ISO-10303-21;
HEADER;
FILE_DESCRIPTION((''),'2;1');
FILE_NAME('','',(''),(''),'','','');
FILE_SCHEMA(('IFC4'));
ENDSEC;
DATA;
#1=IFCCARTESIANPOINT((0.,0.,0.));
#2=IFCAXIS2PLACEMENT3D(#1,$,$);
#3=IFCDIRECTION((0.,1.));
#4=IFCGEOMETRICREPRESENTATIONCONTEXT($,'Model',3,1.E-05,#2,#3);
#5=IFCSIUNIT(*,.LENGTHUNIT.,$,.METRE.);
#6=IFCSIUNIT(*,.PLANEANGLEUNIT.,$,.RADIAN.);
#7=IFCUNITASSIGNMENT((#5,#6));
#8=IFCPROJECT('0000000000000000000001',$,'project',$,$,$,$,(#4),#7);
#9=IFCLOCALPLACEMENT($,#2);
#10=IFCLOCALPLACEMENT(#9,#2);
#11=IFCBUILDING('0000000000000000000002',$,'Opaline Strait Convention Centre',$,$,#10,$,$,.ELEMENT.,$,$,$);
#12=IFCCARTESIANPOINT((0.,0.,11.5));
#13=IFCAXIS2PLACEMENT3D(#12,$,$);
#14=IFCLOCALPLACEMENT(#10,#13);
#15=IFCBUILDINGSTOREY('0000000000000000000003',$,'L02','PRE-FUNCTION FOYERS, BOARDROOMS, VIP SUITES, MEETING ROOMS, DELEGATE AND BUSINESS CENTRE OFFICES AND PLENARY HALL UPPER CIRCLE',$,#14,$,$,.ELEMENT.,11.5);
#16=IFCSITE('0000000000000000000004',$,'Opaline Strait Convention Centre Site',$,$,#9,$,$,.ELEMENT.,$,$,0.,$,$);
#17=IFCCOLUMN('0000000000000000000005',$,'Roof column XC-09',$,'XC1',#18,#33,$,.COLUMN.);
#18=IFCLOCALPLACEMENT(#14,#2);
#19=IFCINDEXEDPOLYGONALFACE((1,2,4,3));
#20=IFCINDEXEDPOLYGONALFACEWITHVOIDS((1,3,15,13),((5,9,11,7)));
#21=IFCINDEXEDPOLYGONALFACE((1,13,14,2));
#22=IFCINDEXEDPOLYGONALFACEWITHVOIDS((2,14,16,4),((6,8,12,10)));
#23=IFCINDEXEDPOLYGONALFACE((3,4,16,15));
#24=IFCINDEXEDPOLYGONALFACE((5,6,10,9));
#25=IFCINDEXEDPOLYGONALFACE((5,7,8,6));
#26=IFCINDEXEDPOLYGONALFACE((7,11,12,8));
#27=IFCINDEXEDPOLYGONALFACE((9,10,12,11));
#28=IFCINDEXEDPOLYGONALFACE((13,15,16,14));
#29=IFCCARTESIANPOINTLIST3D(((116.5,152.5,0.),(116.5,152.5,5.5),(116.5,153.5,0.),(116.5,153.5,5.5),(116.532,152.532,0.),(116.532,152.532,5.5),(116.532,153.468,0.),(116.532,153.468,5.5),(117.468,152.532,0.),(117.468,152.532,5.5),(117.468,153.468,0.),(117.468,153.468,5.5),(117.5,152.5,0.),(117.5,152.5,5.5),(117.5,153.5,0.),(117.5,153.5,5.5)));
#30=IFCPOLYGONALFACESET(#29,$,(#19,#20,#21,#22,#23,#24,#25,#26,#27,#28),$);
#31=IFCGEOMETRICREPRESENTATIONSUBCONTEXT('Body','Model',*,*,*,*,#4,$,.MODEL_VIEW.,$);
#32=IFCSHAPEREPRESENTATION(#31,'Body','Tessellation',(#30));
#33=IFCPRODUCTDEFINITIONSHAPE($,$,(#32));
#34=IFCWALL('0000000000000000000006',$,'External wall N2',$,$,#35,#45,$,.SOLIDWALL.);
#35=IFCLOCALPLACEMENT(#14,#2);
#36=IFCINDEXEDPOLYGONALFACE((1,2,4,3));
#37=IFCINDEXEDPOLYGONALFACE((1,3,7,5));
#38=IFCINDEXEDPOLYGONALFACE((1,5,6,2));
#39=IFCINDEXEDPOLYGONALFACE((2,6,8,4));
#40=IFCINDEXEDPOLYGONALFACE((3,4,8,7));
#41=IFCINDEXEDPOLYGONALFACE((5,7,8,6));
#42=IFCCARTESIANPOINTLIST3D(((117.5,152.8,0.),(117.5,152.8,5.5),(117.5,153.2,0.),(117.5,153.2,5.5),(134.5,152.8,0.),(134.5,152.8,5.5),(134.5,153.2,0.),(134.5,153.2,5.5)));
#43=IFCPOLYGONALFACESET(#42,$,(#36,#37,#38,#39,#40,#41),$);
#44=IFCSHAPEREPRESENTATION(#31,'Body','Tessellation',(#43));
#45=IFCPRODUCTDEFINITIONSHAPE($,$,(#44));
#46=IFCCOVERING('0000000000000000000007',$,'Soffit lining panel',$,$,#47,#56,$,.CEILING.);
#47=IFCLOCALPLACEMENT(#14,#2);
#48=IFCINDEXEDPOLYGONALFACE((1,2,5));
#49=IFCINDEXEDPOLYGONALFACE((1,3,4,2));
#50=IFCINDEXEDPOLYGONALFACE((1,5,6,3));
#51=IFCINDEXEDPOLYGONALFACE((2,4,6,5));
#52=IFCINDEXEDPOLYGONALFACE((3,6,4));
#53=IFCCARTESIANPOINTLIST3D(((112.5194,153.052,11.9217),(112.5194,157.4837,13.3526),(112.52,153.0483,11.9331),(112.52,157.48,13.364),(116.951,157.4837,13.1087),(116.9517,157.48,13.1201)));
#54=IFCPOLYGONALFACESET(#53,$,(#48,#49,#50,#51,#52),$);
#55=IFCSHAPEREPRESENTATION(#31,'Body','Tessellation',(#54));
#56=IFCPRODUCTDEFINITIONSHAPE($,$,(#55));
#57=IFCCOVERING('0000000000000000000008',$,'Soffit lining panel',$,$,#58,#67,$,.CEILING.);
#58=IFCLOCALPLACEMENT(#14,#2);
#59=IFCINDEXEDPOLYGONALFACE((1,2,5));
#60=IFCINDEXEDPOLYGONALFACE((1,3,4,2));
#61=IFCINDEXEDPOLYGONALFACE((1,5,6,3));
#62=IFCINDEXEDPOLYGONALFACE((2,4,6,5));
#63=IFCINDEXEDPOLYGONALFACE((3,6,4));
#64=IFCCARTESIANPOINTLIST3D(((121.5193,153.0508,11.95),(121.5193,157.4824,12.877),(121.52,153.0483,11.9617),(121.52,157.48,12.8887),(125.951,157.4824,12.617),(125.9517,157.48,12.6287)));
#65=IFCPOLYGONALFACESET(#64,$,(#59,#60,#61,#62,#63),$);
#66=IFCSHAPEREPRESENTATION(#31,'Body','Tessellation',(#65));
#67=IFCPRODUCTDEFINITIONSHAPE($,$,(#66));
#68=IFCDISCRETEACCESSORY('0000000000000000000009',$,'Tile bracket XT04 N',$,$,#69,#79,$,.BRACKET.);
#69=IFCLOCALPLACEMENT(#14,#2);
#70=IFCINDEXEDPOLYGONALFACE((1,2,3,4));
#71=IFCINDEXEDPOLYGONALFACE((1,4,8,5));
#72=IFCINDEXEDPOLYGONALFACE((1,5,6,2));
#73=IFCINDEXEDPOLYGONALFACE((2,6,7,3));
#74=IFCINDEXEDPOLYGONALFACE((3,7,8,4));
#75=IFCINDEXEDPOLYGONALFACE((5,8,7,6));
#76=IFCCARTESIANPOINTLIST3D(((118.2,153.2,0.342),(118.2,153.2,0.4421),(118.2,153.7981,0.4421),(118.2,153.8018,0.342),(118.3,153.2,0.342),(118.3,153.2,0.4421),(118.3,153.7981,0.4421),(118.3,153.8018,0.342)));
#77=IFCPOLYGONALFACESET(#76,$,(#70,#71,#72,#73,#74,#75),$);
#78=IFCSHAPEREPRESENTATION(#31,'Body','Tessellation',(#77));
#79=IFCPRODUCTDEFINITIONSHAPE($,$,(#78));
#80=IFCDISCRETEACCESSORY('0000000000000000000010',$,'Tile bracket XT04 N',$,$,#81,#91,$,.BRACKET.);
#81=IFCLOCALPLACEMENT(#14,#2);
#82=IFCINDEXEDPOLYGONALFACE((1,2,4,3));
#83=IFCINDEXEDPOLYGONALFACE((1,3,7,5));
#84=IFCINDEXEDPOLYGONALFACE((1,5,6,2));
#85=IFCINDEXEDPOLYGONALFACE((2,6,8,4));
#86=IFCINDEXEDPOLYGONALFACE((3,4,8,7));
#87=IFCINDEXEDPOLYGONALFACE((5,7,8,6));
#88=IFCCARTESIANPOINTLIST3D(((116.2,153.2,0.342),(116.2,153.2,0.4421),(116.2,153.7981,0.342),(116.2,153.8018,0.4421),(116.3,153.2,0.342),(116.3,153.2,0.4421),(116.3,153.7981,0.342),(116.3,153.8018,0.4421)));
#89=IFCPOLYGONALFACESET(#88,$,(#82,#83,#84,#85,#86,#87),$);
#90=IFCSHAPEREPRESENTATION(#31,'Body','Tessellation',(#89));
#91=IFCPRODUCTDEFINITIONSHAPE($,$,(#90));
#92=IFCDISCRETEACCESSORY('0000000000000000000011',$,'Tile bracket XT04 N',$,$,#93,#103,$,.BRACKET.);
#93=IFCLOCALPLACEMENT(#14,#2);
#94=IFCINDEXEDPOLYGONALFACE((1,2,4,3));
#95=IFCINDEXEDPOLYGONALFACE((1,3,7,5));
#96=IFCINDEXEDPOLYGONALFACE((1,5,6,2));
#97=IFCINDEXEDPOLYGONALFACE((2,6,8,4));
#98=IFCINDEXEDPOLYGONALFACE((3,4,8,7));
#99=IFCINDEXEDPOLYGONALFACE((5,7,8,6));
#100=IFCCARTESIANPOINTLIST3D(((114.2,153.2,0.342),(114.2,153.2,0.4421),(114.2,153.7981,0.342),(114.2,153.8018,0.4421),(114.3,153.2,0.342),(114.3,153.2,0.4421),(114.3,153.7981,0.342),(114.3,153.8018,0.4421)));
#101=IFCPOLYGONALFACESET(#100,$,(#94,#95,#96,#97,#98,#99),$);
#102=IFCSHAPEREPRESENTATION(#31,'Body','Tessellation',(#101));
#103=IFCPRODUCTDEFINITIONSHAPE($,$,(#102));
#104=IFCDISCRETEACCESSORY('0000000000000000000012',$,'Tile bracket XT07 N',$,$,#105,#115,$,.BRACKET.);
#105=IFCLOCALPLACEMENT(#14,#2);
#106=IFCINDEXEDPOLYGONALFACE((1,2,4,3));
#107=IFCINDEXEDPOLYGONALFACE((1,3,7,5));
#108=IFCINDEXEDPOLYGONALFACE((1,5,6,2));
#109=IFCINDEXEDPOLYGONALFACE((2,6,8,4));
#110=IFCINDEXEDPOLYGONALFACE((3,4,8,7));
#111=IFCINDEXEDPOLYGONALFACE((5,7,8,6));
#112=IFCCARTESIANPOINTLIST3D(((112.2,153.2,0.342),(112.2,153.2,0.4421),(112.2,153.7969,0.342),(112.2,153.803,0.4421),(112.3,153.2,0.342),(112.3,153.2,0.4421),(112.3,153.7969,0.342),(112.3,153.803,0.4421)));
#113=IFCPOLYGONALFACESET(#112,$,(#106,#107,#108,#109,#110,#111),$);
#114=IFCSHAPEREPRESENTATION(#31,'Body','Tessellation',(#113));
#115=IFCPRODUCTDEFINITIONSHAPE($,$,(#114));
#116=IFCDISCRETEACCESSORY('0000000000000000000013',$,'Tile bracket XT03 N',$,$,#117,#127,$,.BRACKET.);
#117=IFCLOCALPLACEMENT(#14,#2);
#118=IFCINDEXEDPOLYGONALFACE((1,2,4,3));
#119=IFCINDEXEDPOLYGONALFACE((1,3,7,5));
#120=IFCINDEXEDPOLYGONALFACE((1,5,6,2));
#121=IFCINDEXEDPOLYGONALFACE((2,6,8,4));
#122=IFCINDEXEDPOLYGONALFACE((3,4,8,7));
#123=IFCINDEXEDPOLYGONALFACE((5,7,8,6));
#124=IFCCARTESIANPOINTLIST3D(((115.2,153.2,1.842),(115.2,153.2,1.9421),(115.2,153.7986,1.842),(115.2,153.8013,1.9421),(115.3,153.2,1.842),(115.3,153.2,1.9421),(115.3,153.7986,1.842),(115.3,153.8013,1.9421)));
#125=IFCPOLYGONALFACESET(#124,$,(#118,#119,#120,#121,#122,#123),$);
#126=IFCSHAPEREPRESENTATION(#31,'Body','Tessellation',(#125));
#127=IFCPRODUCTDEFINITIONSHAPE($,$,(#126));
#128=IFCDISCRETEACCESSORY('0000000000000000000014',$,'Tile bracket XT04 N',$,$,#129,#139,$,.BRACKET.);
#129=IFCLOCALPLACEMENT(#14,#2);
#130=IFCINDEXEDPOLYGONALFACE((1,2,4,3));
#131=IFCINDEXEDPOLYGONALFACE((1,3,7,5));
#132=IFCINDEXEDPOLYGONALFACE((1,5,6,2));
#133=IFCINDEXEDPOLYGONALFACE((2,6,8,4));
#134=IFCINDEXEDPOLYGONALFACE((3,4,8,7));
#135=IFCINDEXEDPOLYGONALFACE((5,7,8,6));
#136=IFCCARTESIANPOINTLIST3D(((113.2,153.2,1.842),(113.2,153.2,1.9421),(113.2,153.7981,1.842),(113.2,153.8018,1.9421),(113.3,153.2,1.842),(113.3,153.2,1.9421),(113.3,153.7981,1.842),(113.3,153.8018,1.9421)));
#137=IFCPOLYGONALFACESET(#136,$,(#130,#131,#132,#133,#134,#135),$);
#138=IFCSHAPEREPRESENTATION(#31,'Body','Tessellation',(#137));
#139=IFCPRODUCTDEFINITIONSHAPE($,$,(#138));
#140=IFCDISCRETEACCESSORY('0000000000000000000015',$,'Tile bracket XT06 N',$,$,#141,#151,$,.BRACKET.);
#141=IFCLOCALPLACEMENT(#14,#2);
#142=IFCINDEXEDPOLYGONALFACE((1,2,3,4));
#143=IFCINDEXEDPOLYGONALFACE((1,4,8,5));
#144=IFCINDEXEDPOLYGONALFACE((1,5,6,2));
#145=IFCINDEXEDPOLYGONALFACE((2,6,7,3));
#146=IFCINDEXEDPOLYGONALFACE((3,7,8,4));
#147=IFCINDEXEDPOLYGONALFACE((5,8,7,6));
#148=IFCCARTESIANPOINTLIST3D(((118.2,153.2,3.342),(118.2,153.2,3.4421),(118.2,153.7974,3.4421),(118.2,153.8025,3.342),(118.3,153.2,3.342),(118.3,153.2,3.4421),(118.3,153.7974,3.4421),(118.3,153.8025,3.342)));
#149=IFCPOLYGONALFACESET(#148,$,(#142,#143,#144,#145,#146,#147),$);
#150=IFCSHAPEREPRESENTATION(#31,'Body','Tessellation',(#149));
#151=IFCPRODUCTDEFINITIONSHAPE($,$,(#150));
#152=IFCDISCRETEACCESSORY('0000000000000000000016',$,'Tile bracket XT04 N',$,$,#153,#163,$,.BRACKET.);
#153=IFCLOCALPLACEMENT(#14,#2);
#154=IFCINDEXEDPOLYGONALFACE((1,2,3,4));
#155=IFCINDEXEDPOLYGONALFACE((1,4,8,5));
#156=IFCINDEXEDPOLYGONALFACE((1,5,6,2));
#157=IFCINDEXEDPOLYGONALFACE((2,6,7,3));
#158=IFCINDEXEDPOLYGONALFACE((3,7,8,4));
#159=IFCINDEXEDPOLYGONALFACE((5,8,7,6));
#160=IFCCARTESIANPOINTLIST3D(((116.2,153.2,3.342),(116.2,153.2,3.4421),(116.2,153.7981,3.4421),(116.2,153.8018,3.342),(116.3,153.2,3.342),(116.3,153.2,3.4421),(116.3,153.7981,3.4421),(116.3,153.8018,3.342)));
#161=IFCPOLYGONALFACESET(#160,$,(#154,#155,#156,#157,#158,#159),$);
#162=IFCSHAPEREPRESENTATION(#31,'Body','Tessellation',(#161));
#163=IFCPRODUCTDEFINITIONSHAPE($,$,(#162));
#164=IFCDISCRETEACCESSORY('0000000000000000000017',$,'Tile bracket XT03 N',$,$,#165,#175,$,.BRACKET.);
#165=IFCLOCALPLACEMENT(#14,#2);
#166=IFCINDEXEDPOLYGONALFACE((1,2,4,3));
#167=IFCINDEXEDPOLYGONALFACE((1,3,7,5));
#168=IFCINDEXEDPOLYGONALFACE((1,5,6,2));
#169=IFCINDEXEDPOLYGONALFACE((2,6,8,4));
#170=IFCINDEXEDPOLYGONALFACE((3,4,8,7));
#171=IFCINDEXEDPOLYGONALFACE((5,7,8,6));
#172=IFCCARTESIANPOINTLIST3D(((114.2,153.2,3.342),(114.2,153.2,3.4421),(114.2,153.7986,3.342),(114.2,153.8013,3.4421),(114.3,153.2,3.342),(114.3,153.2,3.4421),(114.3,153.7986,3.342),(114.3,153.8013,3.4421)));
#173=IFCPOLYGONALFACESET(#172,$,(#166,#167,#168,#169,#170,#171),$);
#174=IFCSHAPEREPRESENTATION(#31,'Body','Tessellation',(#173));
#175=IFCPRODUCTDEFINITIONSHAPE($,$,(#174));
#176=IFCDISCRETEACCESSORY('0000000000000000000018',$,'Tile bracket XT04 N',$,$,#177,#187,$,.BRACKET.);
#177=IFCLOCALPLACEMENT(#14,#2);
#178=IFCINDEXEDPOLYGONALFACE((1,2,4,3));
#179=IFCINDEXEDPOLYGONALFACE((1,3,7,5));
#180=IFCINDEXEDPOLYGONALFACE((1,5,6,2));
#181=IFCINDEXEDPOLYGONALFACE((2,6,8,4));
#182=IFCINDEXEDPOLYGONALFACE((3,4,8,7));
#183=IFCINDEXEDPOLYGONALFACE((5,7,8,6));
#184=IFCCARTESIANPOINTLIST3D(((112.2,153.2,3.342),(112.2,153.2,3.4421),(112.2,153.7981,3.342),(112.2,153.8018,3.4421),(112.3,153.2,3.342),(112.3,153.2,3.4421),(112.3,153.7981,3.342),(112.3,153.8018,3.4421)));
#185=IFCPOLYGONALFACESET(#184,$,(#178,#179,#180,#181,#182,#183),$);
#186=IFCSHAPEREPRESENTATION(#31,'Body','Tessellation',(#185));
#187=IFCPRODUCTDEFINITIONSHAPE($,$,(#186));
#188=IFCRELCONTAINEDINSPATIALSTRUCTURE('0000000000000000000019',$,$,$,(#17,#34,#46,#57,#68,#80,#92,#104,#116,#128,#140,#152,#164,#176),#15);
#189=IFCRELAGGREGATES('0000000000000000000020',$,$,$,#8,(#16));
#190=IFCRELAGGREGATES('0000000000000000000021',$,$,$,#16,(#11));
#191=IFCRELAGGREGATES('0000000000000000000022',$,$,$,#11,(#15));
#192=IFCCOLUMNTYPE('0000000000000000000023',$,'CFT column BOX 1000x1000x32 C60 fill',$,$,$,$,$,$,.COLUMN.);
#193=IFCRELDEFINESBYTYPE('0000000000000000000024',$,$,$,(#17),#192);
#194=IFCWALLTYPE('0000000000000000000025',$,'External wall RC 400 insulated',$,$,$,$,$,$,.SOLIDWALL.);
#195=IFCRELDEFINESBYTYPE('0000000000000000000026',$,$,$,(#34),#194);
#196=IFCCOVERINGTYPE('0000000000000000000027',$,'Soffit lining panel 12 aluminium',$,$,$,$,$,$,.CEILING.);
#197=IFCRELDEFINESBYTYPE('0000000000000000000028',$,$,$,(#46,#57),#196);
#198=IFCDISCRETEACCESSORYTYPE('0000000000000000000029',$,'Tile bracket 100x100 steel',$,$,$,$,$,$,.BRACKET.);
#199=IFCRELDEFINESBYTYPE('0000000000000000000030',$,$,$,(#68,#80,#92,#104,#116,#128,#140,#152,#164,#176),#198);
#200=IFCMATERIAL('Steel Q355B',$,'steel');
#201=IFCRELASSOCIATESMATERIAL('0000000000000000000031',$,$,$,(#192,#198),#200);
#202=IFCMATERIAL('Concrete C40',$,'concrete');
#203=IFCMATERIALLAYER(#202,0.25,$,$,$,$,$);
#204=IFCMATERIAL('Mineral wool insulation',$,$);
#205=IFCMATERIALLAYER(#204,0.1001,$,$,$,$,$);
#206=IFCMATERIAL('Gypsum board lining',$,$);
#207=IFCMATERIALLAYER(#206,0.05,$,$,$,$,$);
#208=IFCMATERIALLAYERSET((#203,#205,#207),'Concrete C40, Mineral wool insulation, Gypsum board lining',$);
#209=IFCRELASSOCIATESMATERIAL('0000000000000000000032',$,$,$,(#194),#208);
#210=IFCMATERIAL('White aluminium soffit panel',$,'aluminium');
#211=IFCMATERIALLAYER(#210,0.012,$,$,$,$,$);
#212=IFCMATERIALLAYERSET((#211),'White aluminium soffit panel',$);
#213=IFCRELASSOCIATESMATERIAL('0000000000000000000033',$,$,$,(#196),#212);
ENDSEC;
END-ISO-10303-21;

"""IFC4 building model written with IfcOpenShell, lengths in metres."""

from ifc_helpers import new_model, si_unit, direction, frame, frame_2d, origin, origin_2d, place, context, subcontext, project, spatial, polyline, rectangle, hollow_rectangle, outline, extrude, material, layer, layer_set, material_profile, profile_set, type_object, element, save


model = new_model("IFC4")

# Units and contexts
model_context = context("Model", 3, precision=1e-05, world=origin(), true_north=direction((0.0, 1.0)))
body_context = subcontext(model_context, "Body", "Model", "MODEL_VIEW")
ifc_project = project(units=[si_unit("LENGTHUNIT", "METRE"), si_unit("PLANEANGLEUNIT", "RADIAN")], contexts=[model_context])

# Site, building, storey
site_placement = place(None, origin())
site = spatial("IfcSite", under=ifc_project, at=site_placement, Name="Opaline Strait Convention Centre Site", CompositionType="ELEMENT", RefElevation=0.0)
building_placement = place(site_placement, origin())
building = spatial("IfcBuilding", under=site, at=building_placement, Name="Opaline Strait Convention Centre", CompositionType="ELEMENT")
storey_placement = place(building_placement, frame((0.0, 0.0, 11.5)))
storey = spatial("IfcBuildingStorey", under=building, at=storey_placement, Name="L02", Description="PRE-FUNCTION FOYERS, BOARDROOMS, VIP SUITES, MEETING ROOMS, DELEGATE AND BUSINESS CENTRE OFFICES AND PLENARY HALL UPPER CIRCLE", CompositionType="ELEMENT", Elevation=11.5)

# Column
ifc_material_1 = material(Name="Steel Q355B", Category="steel")
ifc_material_profile = material_profile(ifc_material_1, hollow_rectangle(XDim=1.0, YDim=1.0, WallThickness=0.032, at=origin_2d()), Name="BOX 1000x1000x32")
ifc_profile_set = profile_set([ifc_material_profile], Name="Steel Q355B")
column_type = type_object("IfcColumnType", Name="CFT column BOX 1000x1000x32 C60 fill", PredefinedType="COLUMN", material=ifc_profile_set)
column_placement = place(storey_placement, frame((117.0, 153.0, 0.0), z_axis=(0.0, 0.0, 1.0), x_axis=(1.0, 0.0, 0.0)))
element("IfcColumn", 1, at=column_placement, inside=storey, type_object=column_type, Name="Roof column XC-09", ObjectType="XC1", PredefinedType="COLUMN", context=body_context, shape_type="SweptSolid", body=[
    extrude(hollow_rectangle(XDim=1.0, YDim=1.0, WallThickness=0.032, at=origin_2d()), origin(), (0.0, 0.0, 1.0), 5.5),
])

# Wall
ifc_material_2 = material(Name="Concrete C40", Category="concrete")
ifc_layer_1 = layer(ifc_material_2, 0.25)
ifc_material_3 = material(Name="Mineral wool insulation")
ifc_layer_2 = layer(ifc_material_3, 0.1001)
ifc_material_4 = material(Name="Gypsum board lining")
ifc_layer_3 = layer(ifc_material_4, 0.05)
ifc_layer_set_1 = layer_set([ifc_layer_1, ifc_layer_2, ifc_layer_3], Name="Concrete C40, Mineral wool insulation, Gypsum board lining")
wall_type = type_object("IfcWallType", Name="External wall RC 400 insulated", PredefinedType="SOLIDWALL", material=ifc_layer_set_1)
wall_placement = place(storey_placement, frame((117.5, 153.0, 0.0), z_axis=(0.0, 0.0, 1.0), x_axis=(1.0, 0.0, 0.0)))
element("IfcWall", 2, at=wall_placement, inside=storey, type_object=wall_type, Name="External wall N2", PredefinedType="SOLIDWALL", context=body_context, shape_type="SweptSolid", body=[
    extrude(rectangle(XDim=17.0, YDim=0.3999, at=frame_2d((8.5, 0.0))), origin(), (0.0, 0.0, 1.0), 5.5),
])

# Coverings
ifc_material_5 = material(Name="White aluminium soffit panel", Category="aluminium")
ifc_layer_4 = layer(ifc_material_5, 0.012)
ifc_layer_set_2 = layer_set([ifc_layer_4], Name="White aluminium soffit panel")
covering_type = type_object("IfcCoveringType", Name="Soffit lining panel 12 aluminium", PredefinedType="CEILING", material=ifc_layer_set_2)
covering_1_placement = place(storey_placement, frame((112.52, 153.0483, 11.9331), z_axis=(0.052301, -0.306844, 0.950322), x_axis=(0.0, 0.951624, 0.307265)))
element("IfcCovering", 3, at=covering_1_placement, inside=storey, type_object=covering_type, Name="Soffit lining panel", PredefinedType="CEILING", context=body_context, shape_type="SweptSolid", body=[
    extrude(outline(polyline([(0.0, 0.0), (4.6569, 0.0), (4.582, -4.4377), (0.0, 0.0)])), origin(), (0.0, 0.0, -1.0), 0.012),
])
covering_2_placement = place(storey_placement, frame((121.52, 153.0483, 11.9617), z_axis=(0.057334, -0.20441, 0.977205), x_axis=(0.0, 0.978815, 0.204747)))
element("IfcCovering", 4, at=covering_2_placement, inside=storey, type_object=covering_type, Name="Soffit lining panel", PredefinedType="CEILING", context=body_context, shape_type="SweptSolid", body=[
    extrude(outline(polyline([(0.0, 0.0), (4.5276, 0.0), (4.4743, -4.4389), (0.0, 0.0)])), origin(), (0.0, 0.0, -1.0), 0.012),
])

# Discrete accessories
discrete_accessory_type = type_object("IfcDiscreteAccessoryType", Name="Tile bracket 100x100 steel", PredefinedType="BRACKET", material=ifc_material_1)
discrete_accessory_1_placement = place(storey_placement, frame((118.3, 153.2, 0.3921), z_axis=(-1.0, 0.0, 0.0), x_axis=(0.0, -1.0, 0.0)))
element("IfcDiscreteAccessory", 5, at=discrete_accessory_1_placement, inside=storey, type_object=discrete_accessory_type, Name="Tile bracket XT04 N", PredefinedType="BRACKET", context=body_context, shape_type="SweptSolid", body=[
    extrude(outline(polyline([(0.0, -0.05), (0.0, 0.05), (-0.5981, 0.05), (-0.6018, -0.05), (0.0, -0.05)])), origin(), (0.0, 0.0, 1.0), 0.1001),
])
for number, where, z_axis, x_axis, name in (
    (6, (116.3, 153.2, 0.3921), (-1.0, 0.0, 0.0), (0.0, -1.0, 0.0), "Tile bracket XT04 N"),
    (7, (114.3, 153.2, 0.3921), (-1.0, 0.0, 0.0), (0.0, -1.0, 0.0), "Tile bracket XT04 N"),
):
    element("IfcDiscreteAccessory", number, at=place(storey_placement, frame(where, z_axis=z_axis, x_axis=x_axis)), inside=storey, type_object=discrete_accessory_type, Name=name, PredefinedType="BRACKET", context=body_context, shape_type="SweptSolid", body=[
        extrude(outline(polyline([(0.0, -0.05), (0.0, 0.05), (-0.6018, 0.05), (-0.5981, -0.05), (0.0, -0.05)])), origin(), (0.0, 0.0, 1.0), 0.1001),
    ])
discrete_accessory_2_placement = place(storey_placement, frame((112.3, 153.2, 0.3921), z_axis=(-1.0, 0.0, 0.0), x_axis=(0.0, -1.0, 0.0)))
element("IfcDiscreteAccessory", 8, at=discrete_accessory_2_placement, inside=storey, type_object=discrete_accessory_type, Name="Tile bracket XT07 N", PredefinedType="BRACKET", context=body_context, shape_type="SweptSolid", body=[
    extrude(outline(polyline([(0.0, -0.05), (0.0, 0.05), (-0.603, 0.05), (-0.5969, -0.05), (0.0, -0.05)])), origin(), (0.0, 0.0, 1.0), 0.1001),
])
discrete_accessory_3_placement = place(storey_placement, frame((115.3, 153.2, 1.8921), z_axis=(-1.0, 0.0, 0.0), x_axis=(0.0, -1.0, 0.0)))
element("IfcDiscreteAccessory", 9, at=discrete_accessory_3_placement, inside=storey, type_object=discrete_accessory_type, Name="Tile bracket XT03 N", PredefinedType="BRACKET", context=body_context, shape_type="SweptSolid", body=[
    extrude(outline(polyline([(0.0, -0.05), (0.0, 0.05), (-0.6013, 0.05), (-0.5986, -0.05), (0.0, -0.05)])), origin(), (0.0, 0.0, 1.0), 0.1001),
])
discrete_accessory_4_placement = place(storey_placement, frame((113.3, 153.2, 1.8921), z_axis=(-1.0, 0.0, 0.0), x_axis=(0.0, -1.0, 0.0)))
element("IfcDiscreteAccessory", 10, at=discrete_accessory_4_placement, inside=storey, type_object=discrete_accessory_type, Name="Tile bracket XT04 N", PredefinedType="BRACKET", context=body_context, shape_type="SweptSolid", body=[
    extrude(outline(polyline([(0.0, -0.05), (0.0, 0.05), (-0.6018, 0.05), (-0.5981, -0.05), (0.0, -0.05)])), origin(), (0.0, 0.0, 1.0), 0.1001),
])
discrete_accessory_5_placement = place(storey_placement, frame((118.3, 153.2, 3.3921), z_axis=(-1.0, 0.0, 0.0), x_axis=(0.0, -1.0, 0.0)))
element("IfcDiscreteAccessory", 11, at=discrete_accessory_5_placement, inside=storey, type_object=discrete_accessory_type, Name="Tile bracket XT06 N", PredefinedType="BRACKET", context=body_context, shape_type="SweptSolid", body=[
    extrude(outline(polyline([(0.0, -0.05), (0.0, 0.05), (-0.5974, 0.05), (-0.6025, -0.05), (0.0, -0.05)])), origin(), (0.0, 0.0, 1.0), 0.1001),
])
discrete_accessory_6_placement = place(storey_placement, frame((116.3, 153.2, 3.3921), z_axis=(-1.0, 0.0, 0.0), x_axis=(0.0, -1.0, 0.0)))
element("IfcDiscreteAccessory", 12, at=discrete_accessory_6_placement, inside=storey, type_object=discrete_accessory_type, Name="Tile bracket XT04 N", PredefinedType="BRACKET", context=body_context, shape_type="SweptSolid", body=[
    extrude(outline(polyline([(0.0, -0.05), (0.0, 0.05), (-0.5981, 0.05), (-0.6018, -0.05), (0.0, -0.05)])), origin(), (0.0, 0.0, 1.0), 0.1001),
])
discrete_accessory_7_placement = place(storey_placement, frame((114.3, 153.2, 3.3921), z_axis=(-1.0, 0.0, 0.0), x_axis=(0.0, -1.0, 0.0)))
element("IfcDiscreteAccessory", 13, at=discrete_accessory_7_placement, inside=storey, type_object=discrete_accessory_type, Name="Tile bracket XT03 N", PredefinedType="BRACKET", context=body_context, shape_type="SweptSolid", body=[
    extrude(outline(polyline([(0.0, -0.05), (0.0, 0.05), (-0.6013, 0.05), (-0.5986, -0.05), (0.0, -0.05)])), origin(), (0.0, 0.0, 1.0), 0.1001),
])
discrete_accessory_8_placement = place(storey_placement, frame((112.3, 153.2, 3.3921), z_axis=(-1.0, 0.0, 0.0), x_axis=(0.0, -1.0, 0.0)))
element("IfcDiscreteAccessory", 14, at=discrete_accessory_8_placement, inside=storey, type_object=discrete_accessory_type, Name="Tile bracket XT04 N", PredefinedType="BRACKET", context=body_context, shape_type="SweptSolid", body=[
    extrude(outline(polyline([(0.0, -0.05), (0.0, 0.05), (-0.6018, 0.05), (-0.5981, -0.05), (0.0, -0.05)])), origin(), (0.0, 0.0, 1.0), 0.1001),
])

save(model, "model.ifc")
